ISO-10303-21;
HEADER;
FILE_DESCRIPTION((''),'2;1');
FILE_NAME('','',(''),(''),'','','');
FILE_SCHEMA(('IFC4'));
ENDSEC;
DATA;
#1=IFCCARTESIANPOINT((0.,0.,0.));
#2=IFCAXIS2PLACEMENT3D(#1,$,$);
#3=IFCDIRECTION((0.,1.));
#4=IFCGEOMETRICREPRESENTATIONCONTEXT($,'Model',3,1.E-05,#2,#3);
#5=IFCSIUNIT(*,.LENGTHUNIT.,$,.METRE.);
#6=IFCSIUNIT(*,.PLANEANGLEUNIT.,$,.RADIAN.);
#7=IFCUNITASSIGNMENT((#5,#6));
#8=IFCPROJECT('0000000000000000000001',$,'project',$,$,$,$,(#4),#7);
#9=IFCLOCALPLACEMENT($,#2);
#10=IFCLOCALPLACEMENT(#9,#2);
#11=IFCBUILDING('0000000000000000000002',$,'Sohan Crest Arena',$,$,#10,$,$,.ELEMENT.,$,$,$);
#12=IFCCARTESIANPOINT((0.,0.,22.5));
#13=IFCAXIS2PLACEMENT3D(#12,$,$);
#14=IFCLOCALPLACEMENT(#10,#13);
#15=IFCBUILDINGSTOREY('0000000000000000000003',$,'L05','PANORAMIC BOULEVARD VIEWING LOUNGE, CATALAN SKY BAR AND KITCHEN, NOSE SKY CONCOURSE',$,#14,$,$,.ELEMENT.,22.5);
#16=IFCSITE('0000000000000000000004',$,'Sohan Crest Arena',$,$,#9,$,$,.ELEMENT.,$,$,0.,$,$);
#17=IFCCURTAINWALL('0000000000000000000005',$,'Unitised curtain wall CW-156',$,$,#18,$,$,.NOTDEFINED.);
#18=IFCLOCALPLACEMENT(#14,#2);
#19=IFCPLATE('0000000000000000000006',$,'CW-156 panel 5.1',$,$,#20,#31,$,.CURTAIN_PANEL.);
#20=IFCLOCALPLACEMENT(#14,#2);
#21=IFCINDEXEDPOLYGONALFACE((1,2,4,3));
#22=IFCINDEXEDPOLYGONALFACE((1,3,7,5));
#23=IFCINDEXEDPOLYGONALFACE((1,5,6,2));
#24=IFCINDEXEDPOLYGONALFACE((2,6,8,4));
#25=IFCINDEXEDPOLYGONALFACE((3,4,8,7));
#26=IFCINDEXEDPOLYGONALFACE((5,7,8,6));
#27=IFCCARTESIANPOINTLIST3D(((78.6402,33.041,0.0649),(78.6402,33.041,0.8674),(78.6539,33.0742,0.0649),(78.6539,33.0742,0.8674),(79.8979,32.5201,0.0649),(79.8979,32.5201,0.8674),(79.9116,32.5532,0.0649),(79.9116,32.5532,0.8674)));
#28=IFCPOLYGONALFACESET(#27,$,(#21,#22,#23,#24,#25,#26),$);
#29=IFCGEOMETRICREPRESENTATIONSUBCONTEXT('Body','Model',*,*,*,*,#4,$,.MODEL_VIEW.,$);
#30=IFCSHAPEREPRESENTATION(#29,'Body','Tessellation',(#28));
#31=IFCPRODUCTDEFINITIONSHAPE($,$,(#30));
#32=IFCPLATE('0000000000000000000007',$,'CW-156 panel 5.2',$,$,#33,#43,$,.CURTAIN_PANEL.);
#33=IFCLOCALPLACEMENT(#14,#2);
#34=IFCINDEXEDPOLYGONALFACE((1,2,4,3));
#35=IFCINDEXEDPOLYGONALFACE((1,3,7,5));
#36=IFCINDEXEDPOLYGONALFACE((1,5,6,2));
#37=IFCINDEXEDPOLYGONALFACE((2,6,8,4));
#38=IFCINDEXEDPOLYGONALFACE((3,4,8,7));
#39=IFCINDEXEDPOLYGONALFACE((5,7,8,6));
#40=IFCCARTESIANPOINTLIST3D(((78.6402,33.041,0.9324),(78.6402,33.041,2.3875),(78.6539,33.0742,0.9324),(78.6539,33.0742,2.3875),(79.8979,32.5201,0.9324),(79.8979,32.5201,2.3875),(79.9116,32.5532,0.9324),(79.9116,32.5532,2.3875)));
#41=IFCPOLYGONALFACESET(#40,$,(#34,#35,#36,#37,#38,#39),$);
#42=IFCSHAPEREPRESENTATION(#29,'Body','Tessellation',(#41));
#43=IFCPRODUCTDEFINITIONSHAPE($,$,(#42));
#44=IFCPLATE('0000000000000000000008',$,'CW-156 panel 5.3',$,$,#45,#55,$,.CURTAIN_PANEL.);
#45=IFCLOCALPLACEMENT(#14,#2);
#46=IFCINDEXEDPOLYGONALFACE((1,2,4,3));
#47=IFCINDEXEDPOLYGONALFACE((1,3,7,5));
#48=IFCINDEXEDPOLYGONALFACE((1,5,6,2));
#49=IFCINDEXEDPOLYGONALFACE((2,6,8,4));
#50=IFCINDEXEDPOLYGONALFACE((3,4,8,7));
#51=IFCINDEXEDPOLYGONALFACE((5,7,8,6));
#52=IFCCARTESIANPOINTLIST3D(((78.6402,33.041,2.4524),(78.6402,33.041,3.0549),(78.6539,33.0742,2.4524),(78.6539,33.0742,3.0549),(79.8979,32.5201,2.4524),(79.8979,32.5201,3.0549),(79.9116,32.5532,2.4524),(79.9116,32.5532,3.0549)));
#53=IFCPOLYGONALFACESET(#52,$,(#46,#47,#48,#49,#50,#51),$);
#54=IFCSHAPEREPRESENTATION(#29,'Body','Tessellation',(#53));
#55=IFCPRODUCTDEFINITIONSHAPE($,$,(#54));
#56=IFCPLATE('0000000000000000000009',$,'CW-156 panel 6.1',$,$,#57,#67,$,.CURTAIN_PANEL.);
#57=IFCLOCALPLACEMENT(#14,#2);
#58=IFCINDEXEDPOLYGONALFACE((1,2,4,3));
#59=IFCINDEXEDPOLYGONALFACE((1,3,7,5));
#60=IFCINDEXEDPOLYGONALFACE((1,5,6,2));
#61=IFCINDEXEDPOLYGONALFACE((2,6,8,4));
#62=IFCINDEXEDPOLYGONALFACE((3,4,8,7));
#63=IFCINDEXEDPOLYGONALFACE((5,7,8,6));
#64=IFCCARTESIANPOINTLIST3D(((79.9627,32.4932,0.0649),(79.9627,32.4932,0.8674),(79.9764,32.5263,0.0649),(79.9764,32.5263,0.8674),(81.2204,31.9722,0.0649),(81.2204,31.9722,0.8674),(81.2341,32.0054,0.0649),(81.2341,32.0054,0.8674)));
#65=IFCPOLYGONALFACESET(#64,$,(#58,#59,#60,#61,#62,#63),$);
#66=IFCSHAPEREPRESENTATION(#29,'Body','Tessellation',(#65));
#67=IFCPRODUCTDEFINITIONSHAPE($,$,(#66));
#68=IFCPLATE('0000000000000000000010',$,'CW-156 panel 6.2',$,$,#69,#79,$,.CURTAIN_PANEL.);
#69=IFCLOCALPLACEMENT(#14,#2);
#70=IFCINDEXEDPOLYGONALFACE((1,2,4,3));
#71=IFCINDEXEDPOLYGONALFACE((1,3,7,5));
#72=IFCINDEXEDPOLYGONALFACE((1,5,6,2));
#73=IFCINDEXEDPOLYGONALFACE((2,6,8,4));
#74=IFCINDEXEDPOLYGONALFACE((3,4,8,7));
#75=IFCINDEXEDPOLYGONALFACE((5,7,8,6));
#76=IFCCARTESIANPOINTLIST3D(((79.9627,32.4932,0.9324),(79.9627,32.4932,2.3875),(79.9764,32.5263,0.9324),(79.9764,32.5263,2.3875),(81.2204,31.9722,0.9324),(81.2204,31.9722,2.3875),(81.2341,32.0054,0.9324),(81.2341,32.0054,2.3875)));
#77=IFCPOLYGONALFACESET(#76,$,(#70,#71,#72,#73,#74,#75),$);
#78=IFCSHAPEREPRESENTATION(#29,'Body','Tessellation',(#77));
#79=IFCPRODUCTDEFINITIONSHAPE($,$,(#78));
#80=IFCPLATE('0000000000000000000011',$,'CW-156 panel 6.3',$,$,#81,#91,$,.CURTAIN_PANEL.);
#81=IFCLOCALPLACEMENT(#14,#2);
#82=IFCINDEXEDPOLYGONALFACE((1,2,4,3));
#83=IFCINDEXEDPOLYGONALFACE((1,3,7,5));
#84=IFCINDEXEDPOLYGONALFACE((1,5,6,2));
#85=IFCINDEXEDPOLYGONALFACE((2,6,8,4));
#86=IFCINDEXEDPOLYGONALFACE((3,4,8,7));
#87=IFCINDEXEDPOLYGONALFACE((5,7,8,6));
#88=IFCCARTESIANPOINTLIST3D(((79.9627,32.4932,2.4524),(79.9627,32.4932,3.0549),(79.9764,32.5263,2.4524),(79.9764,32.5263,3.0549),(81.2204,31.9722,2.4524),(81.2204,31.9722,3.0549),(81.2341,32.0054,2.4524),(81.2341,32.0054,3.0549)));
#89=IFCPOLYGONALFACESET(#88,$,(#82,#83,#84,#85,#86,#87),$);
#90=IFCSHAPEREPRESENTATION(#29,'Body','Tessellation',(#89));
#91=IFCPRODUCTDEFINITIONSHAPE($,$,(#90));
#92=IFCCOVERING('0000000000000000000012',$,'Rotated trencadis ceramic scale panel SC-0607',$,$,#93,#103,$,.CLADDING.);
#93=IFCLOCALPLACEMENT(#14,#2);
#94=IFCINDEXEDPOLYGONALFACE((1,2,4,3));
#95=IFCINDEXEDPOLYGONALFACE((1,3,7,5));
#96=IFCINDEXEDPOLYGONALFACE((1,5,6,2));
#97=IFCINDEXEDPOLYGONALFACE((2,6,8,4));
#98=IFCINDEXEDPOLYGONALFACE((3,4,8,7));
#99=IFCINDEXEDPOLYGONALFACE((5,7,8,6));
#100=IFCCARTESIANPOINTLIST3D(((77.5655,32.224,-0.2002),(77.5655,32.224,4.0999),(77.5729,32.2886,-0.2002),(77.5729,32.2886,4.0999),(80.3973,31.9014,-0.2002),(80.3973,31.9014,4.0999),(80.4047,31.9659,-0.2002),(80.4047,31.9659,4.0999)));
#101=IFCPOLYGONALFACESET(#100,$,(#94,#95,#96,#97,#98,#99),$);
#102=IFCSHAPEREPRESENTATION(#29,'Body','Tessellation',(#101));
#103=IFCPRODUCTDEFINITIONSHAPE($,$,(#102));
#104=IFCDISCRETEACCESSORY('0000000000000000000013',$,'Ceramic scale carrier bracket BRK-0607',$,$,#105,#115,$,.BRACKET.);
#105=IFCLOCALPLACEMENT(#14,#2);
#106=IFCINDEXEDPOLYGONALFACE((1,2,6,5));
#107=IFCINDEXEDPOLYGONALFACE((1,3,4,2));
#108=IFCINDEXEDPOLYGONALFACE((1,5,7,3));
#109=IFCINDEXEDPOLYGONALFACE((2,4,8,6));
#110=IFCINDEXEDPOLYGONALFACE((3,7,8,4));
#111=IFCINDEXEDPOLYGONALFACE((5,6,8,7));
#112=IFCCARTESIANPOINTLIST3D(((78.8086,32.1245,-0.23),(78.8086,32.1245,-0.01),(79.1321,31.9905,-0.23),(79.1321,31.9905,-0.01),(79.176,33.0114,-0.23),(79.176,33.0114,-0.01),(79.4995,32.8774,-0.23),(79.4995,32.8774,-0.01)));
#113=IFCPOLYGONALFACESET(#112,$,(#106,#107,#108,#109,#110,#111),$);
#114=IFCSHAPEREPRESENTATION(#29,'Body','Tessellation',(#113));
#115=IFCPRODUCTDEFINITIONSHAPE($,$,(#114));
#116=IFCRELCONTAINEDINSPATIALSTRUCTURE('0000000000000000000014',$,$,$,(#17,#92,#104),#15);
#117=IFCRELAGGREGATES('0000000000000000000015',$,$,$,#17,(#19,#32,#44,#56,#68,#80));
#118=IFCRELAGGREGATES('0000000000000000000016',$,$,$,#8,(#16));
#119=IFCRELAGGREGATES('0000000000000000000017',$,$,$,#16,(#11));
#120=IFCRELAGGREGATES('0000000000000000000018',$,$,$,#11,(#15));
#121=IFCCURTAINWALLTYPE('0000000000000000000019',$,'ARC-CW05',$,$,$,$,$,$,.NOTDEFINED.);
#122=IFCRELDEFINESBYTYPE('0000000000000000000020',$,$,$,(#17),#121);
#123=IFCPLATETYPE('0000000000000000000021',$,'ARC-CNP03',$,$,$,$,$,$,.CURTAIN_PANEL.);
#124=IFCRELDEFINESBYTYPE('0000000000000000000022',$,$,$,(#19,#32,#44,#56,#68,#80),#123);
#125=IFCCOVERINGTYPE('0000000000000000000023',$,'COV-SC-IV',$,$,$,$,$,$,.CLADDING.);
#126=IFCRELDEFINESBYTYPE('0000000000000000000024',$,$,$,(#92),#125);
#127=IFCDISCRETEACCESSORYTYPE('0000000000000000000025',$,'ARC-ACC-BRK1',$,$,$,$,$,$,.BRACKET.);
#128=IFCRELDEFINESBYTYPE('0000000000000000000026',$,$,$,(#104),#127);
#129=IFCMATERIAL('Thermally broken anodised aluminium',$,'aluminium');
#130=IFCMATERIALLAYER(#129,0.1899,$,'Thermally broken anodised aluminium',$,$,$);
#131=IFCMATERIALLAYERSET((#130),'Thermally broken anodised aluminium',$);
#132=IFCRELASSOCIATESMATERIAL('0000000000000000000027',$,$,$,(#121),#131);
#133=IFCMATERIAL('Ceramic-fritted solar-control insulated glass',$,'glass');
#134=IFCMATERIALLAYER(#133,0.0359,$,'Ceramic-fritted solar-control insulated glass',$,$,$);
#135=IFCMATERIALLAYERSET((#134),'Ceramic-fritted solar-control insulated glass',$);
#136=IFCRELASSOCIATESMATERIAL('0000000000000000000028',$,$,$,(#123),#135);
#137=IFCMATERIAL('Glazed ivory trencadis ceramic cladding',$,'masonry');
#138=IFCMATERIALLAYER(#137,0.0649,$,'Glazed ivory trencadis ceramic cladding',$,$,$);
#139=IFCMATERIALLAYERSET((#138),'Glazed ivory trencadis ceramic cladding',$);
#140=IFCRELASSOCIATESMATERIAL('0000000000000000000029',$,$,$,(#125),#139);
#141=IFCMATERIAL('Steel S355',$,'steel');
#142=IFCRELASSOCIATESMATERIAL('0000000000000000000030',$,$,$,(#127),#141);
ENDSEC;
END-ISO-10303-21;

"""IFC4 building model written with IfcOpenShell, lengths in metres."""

from ifc_helpers import new_model, si_unit, direction, frame, origin, origin_2d, place, context, subcontext, project, spatial, rectangle, extrude, material, layer, layer_set, type_object, element, aggregate, save


model = new_model("IFC4")

# Units and contexts
model_context = context("Model", 3, precision=1e-05, world=origin(), true_north=direction((0.0, 1.0)))
body_context = subcontext(model_context, "Body", "Model", "MODEL_VIEW")
ifc_project = project(units=[si_unit("LENGTHUNIT", "METRE"), si_unit("PLANEANGLEUNIT", "RADIAN")], contexts=[model_context])

# Site, building, storey
site_placement = place(None, origin())
site = spatial("IfcSite", under=ifc_project, at=site_placement, Name="Sohan Crest Arena", CompositionType="ELEMENT", RefElevation=0.0)
building_placement = place(site_placement, origin())
building = spatial("IfcBuilding", under=site, at=building_placement, Name="Sohan Crest Arena", CompositionType="ELEMENT")
storey_placement = place(building_placement, frame((0.0, 0.0, 22.5)))
storey = spatial("IfcBuildingStorey", under=building, at=storey_placement, Name="L05", Description="PANORAMIC BOULEVARD VIEWING LOUNGE, CATALAN SKY BAR AND KITCHEN, NOSE SKY CONCOURSE", CompositionType="ELEMENT", Elevation=22.5)

# Curtain wall, plates
ifc_material_1 = material(Name="Thermally broken anodised aluminium", Category="aluminium")
ifc_layer_1 = layer(ifc_material_1, 0.1899, Name="Thermally broken anodised aluminium")
ifc_layer_set_1 = layer_set([ifc_layer_1], Name="Thermally broken anodised aluminium")
curtain_wall_type = type_object("IfcCurtainWallType", Name="ARC-CW05", PredefinedType="NOTDEFINED", material=ifc_layer_set_1)
curtain_wall_placement = place(storey_placement, origin())
curtain_wall = element("IfcCurtainWall", 1, at=curtain_wall_placement, inside=storey, type_object=curtain_wall_type, Name="Unitised curtain wall CW-156", PredefinedType="NOTDEFINED")
ifc_material_2 = material(Name="Ceramic-fritted solar-control insulated glass", Category="glass")
ifc_layer_2 = layer(ifc_material_2, 0.0359, Name="Ceramic-fritted solar-control insulated glass")
ifc_layer_set_2 = layer_set([ifc_layer_2], Name="Ceramic-fritted solar-control insulated glass")
plate_type = type_object("IfcPlateType", Name="ARC-CNP03", PredefinedType="CURTAIN_PANEL", material=ifc_layer_set_2)
plate_1_placement = place(storey_placement, frame((79.2759, 32.7971, 0.0649), z_axis=(0.0, 0.0, 1.0), x_axis=(0.923879, -0.382685, 0.0)))
plate_1 = element("IfcPlate", 2, at=plate_1_placement, type_object=plate_type, Name="CW-156 panel 5.1", PredefinedType="CURTAIN_PANEL", context=body_context, shape_type="SweptSolid", body=[
    extrude(rectangle(XDim=1.3613, YDim=0.0359, at=origin_2d()), origin(), (0.0, 0.0, 1.0), 0.8025),
])
plate_2_placement = place(storey_placement, frame((79.2759, 32.7971, 0.9324), z_axis=(0.0, 0.0, 1.0), x_axis=(0.923879, -0.382685, 0.0)))
plate_2 = element("IfcPlate", 3, at=plate_2_placement, type_object=plate_type, Name="CW-156 panel 5.2", PredefinedType="CURTAIN_PANEL", context=body_context, shape_type="SweptSolid", body=[
    extrude(rectangle(XDim=1.3613, YDim=0.0359, at=origin_2d()), origin(), (0.0, 0.0, 1.0), 1.4551),
])
plate_3_placement = place(storey_placement, frame((79.2759, 32.7971, 2.4524), z_axis=(0.0, 0.0, 1.0), x_axis=(0.923879, -0.382685, 0.0)))
plate_3 = element("IfcPlate", 4, at=plate_3_placement, type_object=plate_type, Name="CW-156 panel 5.3", PredefinedType="CURTAIN_PANEL", context=body_context, shape_type="SweptSolid", body=[
    extrude(rectangle(XDim=1.3613, YDim=0.0359, at=origin_2d()), origin(), (0.0, 0.0, 1.0), 0.6025),
])
plate_4_placement = place(storey_placement, frame((80.5984, 32.2493, 0.0649), z_axis=(0.0, 0.0, 1.0), x_axis=(0.923879, -0.382685, 0.0)))
plate_4 = element("IfcPlate", 5, at=plate_4_placement, type_object=plate_type, Name="CW-156 panel 6.1", PredefinedType="CURTAIN_PANEL", context=body_context, shape_type="SweptSolid", body=[
    extrude(rectangle(XDim=1.3613, YDim=0.0359, at=origin_2d()), origin(), (0.0, 0.0, 1.0), 0.8025),
])
plate_5_placement = place(storey_placement, frame((80.5984, 32.2493, 0.9324), z_axis=(0.0, 0.0, 1.0), x_axis=(0.923879, -0.382685, 0.0)))
plate_5 = element("IfcPlate", 6, at=plate_5_placement, type_object=plate_type, Name="CW-156 panel 6.2", PredefinedType="CURTAIN_PANEL", context=body_context, shape_type="SweptSolid", body=[
    extrude(rectangle(XDim=1.3613, YDim=0.0359, at=origin_2d()), origin(), (0.0, 0.0, 1.0), 1.4551),
])
plate_6_placement = place(storey_placement, frame((80.5984, 32.2493, 2.4524), z_axis=(0.0, 0.0, 1.0), x_axis=(0.923879, -0.382685, 0.0)))
plate_6 = element("IfcPlate", 7, at=plate_6_placement, type_object=plate_type, Name="CW-156 panel 6.3", PredefinedType="CURTAIN_PANEL", context=body_context, shape_type="SweptSolid", body=[
    extrude(rectangle(XDim=1.3613, YDim=0.0359, at=origin_2d()), origin(), (0.0, 0.0, 1.0), 0.6025),
])
aggregate(curtain_wall, [plate_1, plate_2, plate_3, plate_4, plate_5, plate_6])

# Covering
ifc_material_3 = material(Name="Glazed ivory trencadis ceramic cladding", Category="masonry")
ifc_layer_3 = layer(ifc_material_3, 0.0649, Name="Glazed ivory trencadis ceramic cladding")
ifc_layer_set_3 = layer_set([ifc_layer_3], Name="Glazed ivory trencadis ceramic cladding")
covering_type = type_object("IfcCoveringType", Name="COV-SC-IV", PredefinedType="CLADDING", material=ifc_layer_set_3)
covering_placement = place(storey_placement, frame((78.9851, 32.095, -0.2002), z_axis=(0.0, 0.0, 1.0), x_axis=(0.993572, -0.113203, 0.0)))
element("IfcCovering", 8, at=covering_placement, inside=storey, type_object=covering_type, Name="Rotated trencadis ceramic scale panel SC-0607", PredefinedType="CLADDING", context=body_context, shape_type="SweptSolid", body=[
    extrude(rectangle(XDim=2.8501, YDim=0.0649, at=origin_2d()), origin(), (0.0, 0.0, 1.0), 4.3),
])

# Discrete accessory
ifc_material_4 = material(Name="Steel S355", Category="steel")
discrete_accessory_type = type_object("IfcDiscreteAccessoryType", Name="ARC-ACC-BRK1", PredefinedType="BRACKET", material=ifc_material_4)
discrete_accessory_placement = place(storey_placement, frame((79.1541, 32.501, -0.23), z_axis=(0.0, 0.0, 1.0), x_axis=(0.92388, -0.382683, 0.0)))
element("IfcDiscreteAccessory", 9, at=discrete_accessory_placement, inside=storey, type_object=discrete_accessory_type, Name="Ceramic scale carrier bracket BRK-0607", PredefinedType="BRACKET", context=body_context, shape_type="SweptSolid", body=[
    extrude(rectangle(XDim=0.3501, YDim=0.96, at=origin_2d()), origin(), (0.0, 0.0, 1.0), 0.22),
])

save(model, "model.ifc")
